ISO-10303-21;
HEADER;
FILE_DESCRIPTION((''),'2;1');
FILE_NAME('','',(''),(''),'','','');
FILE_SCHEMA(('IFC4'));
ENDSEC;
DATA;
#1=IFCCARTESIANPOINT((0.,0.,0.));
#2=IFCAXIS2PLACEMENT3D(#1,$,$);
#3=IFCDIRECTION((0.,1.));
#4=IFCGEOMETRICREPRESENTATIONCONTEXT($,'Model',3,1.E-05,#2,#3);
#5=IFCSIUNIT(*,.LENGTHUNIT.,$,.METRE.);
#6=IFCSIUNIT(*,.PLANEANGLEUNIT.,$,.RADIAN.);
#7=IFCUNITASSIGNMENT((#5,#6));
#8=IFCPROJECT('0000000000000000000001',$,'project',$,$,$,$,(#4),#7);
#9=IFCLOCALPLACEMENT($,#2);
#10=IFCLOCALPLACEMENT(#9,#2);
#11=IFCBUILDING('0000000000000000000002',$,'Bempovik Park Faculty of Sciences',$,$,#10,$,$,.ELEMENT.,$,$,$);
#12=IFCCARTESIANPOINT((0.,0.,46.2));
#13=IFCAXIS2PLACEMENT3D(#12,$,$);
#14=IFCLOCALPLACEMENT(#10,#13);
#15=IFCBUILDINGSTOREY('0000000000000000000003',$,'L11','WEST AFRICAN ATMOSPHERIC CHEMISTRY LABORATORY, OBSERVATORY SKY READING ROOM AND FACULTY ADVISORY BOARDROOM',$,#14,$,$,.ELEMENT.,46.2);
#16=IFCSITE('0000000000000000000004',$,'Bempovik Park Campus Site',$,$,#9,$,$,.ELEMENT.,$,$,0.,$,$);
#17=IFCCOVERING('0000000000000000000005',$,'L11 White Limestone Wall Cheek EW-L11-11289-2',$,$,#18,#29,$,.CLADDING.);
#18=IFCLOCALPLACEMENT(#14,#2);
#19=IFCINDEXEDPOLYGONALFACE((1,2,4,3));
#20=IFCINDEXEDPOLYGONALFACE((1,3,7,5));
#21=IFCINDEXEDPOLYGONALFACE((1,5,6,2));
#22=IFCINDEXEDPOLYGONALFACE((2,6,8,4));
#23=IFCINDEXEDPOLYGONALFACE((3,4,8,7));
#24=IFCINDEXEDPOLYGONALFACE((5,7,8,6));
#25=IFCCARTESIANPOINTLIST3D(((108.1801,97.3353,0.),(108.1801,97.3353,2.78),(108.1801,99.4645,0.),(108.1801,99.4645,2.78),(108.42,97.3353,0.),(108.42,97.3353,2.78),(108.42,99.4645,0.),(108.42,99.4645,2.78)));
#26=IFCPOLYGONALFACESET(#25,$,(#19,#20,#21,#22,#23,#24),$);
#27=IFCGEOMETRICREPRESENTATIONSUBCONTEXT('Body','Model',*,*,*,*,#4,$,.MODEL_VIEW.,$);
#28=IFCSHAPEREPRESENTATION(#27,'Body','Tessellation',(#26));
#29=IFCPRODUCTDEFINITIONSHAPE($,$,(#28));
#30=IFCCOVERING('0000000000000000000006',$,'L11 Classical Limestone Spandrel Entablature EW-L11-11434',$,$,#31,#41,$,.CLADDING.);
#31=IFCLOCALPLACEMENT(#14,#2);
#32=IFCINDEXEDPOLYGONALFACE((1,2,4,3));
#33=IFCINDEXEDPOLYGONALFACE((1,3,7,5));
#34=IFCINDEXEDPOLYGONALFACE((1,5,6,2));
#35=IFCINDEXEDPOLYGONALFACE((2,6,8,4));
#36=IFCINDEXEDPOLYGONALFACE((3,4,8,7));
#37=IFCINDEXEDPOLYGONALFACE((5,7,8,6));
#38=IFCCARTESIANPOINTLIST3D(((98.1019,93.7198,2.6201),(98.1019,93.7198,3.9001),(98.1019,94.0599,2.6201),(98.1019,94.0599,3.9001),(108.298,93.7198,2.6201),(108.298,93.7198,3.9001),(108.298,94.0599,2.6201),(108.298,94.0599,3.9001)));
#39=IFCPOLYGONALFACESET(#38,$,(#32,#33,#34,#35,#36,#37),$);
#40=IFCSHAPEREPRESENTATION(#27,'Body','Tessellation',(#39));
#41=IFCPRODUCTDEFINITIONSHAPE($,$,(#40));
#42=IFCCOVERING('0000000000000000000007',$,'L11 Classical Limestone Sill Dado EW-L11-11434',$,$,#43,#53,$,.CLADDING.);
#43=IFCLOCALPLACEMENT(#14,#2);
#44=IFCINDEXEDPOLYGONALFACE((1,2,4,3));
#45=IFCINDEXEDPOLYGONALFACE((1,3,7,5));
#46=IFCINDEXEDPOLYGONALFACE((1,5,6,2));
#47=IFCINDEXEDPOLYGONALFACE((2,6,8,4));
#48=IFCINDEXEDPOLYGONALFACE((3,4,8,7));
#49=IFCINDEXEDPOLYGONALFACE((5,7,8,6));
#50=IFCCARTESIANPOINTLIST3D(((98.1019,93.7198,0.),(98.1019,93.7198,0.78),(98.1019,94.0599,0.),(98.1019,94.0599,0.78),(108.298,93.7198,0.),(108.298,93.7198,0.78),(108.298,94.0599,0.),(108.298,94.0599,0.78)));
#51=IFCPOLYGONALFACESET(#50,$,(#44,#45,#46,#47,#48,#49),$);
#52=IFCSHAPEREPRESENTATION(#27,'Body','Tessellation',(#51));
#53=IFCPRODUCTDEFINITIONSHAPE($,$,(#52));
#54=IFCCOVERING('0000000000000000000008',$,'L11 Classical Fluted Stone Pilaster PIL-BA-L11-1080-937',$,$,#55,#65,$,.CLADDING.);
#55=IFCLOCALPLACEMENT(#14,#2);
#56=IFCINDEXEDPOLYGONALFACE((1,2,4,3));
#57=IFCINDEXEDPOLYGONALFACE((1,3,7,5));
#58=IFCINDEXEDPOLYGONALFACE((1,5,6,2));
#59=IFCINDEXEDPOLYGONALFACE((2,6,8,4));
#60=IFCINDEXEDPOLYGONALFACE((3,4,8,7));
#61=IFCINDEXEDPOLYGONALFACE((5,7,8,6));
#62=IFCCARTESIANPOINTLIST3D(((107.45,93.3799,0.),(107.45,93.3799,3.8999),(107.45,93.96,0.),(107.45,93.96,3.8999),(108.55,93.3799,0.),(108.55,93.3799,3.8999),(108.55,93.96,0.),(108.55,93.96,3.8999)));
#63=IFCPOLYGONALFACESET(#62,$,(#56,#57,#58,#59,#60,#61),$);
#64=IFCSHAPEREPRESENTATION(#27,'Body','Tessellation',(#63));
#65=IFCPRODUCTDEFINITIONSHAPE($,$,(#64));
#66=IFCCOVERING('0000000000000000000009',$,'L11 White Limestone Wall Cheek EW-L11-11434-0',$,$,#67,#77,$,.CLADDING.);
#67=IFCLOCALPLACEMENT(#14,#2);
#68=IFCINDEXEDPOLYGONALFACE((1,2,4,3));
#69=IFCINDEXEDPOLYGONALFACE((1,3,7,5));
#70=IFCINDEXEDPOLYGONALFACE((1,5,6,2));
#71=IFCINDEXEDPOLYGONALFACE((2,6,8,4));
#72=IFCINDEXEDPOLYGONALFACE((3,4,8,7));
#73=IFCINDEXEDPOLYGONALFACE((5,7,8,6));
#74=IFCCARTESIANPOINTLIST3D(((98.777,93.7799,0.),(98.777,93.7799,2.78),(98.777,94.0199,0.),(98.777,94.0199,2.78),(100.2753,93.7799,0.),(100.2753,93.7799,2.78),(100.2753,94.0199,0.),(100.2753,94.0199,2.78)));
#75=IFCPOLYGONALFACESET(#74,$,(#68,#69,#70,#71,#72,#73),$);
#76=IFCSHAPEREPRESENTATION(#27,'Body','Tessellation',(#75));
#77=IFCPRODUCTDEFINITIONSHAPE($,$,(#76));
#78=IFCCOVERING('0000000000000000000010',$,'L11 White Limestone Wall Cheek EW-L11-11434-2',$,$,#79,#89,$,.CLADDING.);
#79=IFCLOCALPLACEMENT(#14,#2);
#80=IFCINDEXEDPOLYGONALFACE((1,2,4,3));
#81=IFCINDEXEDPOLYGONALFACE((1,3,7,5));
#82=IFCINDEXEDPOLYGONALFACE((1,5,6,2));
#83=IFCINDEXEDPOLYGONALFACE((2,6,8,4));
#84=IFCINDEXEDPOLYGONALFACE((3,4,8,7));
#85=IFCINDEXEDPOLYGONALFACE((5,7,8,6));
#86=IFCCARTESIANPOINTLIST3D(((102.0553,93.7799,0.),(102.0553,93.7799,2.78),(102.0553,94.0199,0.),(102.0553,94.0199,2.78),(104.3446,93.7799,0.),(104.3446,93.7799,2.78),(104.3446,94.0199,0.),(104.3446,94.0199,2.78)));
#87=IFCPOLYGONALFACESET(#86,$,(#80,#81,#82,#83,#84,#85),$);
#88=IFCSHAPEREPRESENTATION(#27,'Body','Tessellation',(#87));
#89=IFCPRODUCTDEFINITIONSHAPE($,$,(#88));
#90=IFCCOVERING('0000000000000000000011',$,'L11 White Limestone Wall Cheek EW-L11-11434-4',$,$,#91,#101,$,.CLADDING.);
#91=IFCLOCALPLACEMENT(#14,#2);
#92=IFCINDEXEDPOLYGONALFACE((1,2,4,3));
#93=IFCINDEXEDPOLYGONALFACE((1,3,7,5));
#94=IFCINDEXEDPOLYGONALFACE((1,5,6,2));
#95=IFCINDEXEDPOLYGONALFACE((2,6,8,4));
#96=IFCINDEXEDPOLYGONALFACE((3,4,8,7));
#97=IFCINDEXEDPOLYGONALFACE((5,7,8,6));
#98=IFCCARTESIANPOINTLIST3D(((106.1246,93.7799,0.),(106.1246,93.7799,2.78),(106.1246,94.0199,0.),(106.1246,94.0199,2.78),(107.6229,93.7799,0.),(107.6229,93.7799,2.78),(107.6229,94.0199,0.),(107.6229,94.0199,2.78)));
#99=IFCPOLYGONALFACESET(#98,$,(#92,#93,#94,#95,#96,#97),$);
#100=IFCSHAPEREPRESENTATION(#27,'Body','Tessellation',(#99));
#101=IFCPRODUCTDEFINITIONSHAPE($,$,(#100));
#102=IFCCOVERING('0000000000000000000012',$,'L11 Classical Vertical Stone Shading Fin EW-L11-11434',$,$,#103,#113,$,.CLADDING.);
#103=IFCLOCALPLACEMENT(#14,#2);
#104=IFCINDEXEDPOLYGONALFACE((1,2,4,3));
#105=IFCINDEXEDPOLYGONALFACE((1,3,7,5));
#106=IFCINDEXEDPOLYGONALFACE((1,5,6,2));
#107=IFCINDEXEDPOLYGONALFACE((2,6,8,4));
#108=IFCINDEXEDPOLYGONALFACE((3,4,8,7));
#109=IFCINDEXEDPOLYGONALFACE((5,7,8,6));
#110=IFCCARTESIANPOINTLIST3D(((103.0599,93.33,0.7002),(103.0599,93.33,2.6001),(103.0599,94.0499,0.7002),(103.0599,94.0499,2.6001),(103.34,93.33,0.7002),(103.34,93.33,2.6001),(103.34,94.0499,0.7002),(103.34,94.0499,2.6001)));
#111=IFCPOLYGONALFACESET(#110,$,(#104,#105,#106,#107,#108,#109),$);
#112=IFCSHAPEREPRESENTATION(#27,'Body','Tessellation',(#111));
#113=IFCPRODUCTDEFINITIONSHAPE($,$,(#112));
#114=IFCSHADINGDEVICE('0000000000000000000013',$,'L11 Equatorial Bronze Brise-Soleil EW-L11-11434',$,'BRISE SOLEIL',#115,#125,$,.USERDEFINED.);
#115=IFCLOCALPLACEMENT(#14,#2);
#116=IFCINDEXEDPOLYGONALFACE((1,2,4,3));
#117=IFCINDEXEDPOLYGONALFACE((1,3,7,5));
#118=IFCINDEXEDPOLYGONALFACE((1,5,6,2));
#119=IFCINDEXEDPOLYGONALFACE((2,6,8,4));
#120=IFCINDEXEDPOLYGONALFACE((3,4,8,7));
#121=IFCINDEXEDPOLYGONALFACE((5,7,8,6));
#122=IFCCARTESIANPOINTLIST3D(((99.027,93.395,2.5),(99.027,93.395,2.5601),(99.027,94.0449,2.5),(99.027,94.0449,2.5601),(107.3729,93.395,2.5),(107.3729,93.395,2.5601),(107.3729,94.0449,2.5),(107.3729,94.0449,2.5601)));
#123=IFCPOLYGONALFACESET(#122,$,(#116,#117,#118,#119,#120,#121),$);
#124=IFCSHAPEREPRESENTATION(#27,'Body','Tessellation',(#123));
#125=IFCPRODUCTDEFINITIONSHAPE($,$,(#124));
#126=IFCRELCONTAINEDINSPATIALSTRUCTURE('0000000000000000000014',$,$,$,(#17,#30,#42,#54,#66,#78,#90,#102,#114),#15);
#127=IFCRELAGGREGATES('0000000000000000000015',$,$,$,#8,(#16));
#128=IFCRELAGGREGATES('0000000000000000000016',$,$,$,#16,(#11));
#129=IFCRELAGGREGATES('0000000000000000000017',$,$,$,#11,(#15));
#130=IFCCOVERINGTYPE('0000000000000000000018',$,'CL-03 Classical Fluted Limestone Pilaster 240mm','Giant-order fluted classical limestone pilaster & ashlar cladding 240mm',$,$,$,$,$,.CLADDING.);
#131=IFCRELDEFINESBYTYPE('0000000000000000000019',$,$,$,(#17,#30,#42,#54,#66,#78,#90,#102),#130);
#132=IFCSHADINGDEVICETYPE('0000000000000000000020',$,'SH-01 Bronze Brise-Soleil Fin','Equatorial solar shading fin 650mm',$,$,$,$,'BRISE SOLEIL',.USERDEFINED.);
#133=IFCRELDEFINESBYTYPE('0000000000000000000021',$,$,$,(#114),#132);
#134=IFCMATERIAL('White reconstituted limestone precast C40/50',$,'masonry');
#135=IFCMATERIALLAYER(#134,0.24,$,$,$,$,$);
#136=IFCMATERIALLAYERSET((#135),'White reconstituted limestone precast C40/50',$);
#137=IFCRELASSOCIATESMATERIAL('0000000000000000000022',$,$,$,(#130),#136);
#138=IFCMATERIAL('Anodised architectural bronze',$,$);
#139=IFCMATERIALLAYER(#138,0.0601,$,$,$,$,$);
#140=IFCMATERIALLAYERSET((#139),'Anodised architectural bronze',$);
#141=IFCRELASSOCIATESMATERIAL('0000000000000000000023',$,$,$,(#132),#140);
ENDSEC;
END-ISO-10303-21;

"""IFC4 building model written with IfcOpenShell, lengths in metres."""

from ifc_helpers import new_model, si_unit, direction, frame, origin, origin_2d, place, context, subcontext, project, spatial, rectangle, extrude, material, layer, layer_set, type_object, element, save


model = new_model("IFC4")

# Units and contexts
model_context = context("Model", 3, precision=1e-05, world=origin(), true_north=direction((0.0, 1.0)))
body_context = subcontext(model_context, "Body", "Model", "MODEL_VIEW")
ifc_project = project(units=[si_unit("LENGTHUNIT", "METRE"), si_unit("PLANEANGLEUNIT", "RADIAN")], contexts=[model_context])

# Site, building, storey
site_placement = place(None, origin())
site = spatial("IfcSite", under=ifc_project, at=site_placement, Name="Bempovik Park Campus Site", CompositionType="ELEMENT", RefElevation=0.0)
building_placement = place(site_placement, origin())
building = spatial("IfcBuilding", under=site, at=building_placement, Name="Bempovik Park Faculty of Sciences", CompositionType="ELEMENT")
storey_placement = place(building_placement, frame((0.0, 0.0, 46.2)))
storey = spatial("IfcBuildingStorey", under=building, at=storey_placement, Name="L11", Description="WEST AFRICAN ATMOSPHERIC CHEMISTRY LABORATORY, OBSERVATORY SKY READING ROOM AND FACULTY ADVISORY BOARDROOM", CompositionType="ELEMENT", Elevation=46.2)

# Coverings
ifc_material_1 = material(Name="White reconstituted limestone precast C40/50", Category="masonry")
ifc_layer_1 = layer(ifc_material_1, 0.24)
ifc_layer_set_1 = layer_set([ifc_layer_1], Name="White reconstituted limestone precast C40/50")
covering_type_1 = type_object("IfcCoveringType", Name="CL-03 Classical Fluted Limestone Pilaster 240mm", Description="Giant-order fluted classical limestone pilaster & ashlar cladding 240mm", PredefinedType="CLADDING", material=ifc_layer_set_1)
covering_1_placement = place(storey_placement, frame((108.3, 98.3999, 0.0), z_axis=(0.0, 0.0, 1.0), x_axis=(1.0, 0.0, 0.0)))
element("IfcCovering", 1, at=covering_1_placement, inside=storey, type_object=covering_type_1, Name="L11 White Limestone Wall Cheek EW-L11-11289-2", PredefinedType="CLADDING", context=body_context, shape_type="SweptSolid", body=[
    extrude(rectangle(XDim=0.24, YDim=2.1292, at=origin_2d()), origin(), (0.0, 0.0, 1.0), 2.78),
])
covering_2_placement = place(storey_placement, frame((103.2, 93.8899, 2.6201), z_axis=(0.0, 0.0, 1.0), x_axis=(1.0, 0.0, 0.0)))
element("IfcCovering", 2, at=covering_2_placement, inside=storey, type_object=covering_type_1, Name="L11 Classical Limestone Spandrel Entablature EW-L11-11434", PredefinedType="CLADDING", context=body_context, shape_type="SweptSolid", body=[
    extrude(rectangle(XDim=10.196, YDim=0.3401, at=origin_2d()), origin(), (0.0, 0.0, 1.0), 1.28),
])
covering_3_placement = place(storey_placement, frame((103.2, 93.8899, 0.0), z_axis=(0.0, 0.0, 1.0), x_axis=(1.0, 0.0, 0.0)))
element("IfcCovering", 3, at=covering_3_placement, inside=storey, type_object=covering_type_1, Name="L11 Classical Limestone Sill Dado EW-L11-11434", PredefinedType="CLADDING", context=body_context, shape_type="SweptSolid", body=[
    extrude(rectangle(XDim=10.196, YDim=0.3401, at=origin_2d()), origin(), (0.0, 0.0, 1.0), 0.78),
])
covering_4_placement = place(storey_placement, frame((108.0, 93.6699, 0.0), z_axis=(0.0, 0.0, 1.0), x_axis=(1.0, 0.0, 0.0)))
element("IfcCovering", 4, at=covering_4_placement, inside=storey, type_object=covering_type_1, Name="L11 Classical Fluted Stone Pilaster PIL-BA-L11-1080-937", PredefinedType="CLADDING", context=body_context, shape_type="SweptSolid", body=[
    extrude(rectangle(XDim=1.1001, YDim=0.5801, at=origin_2d()), origin(), (0.0, 0.0, 1.0), 3.8999),
])
covering_5_placement = place(storey_placement, frame((99.5261, 93.8999, 0.0), z_axis=(0.0, 0.0, 1.0), x_axis=(1.0, 0.0, 0.0)))
element("IfcCovering", 5, at=covering_5_placement, inside=storey, type_object=covering_type_1, Name="L11 White Limestone Wall Cheek EW-L11-11434-0", PredefinedType="CLADDING", context=body_context, shape_type="SweptSolid", body=[
    extrude(rectangle(XDim=1.4983, YDim=0.24, at=origin_2d()), origin(), (0.0, 0.0, 1.0), 2.78),
])
covering_6_placement = place(storey_placement, frame((103.2, 93.8999, 0.0), z_axis=(0.0, 0.0, 1.0), x_axis=(1.0, 0.0, 0.0)))
element("IfcCovering", 6, at=covering_6_placement, inside=storey, type_object=covering_type_1, Name="L11 White Limestone Wall Cheek EW-L11-11434-2", PredefinedType="CLADDING", context=body_context, shape_type="SweptSolid", body=[
    extrude(rectangle(XDim=2.2893, YDim=0.24, at=origin_2d()), origin(), (0.0, 0.0, 1.0), 2.78),
])
covering_7_placement = place(storey_placement, frame((106.8738, 93.8999, 0.0), z_axis=(0.0, 0.0, 1.0), x_axis=(1.0, 0.0, 0.0)))
element("IfcCovering", 7, at=covering_7_placement, inside=storey, type_object=covering_type_1, Name="L11 White Limestone Wall Cheek EW-L11-11434-4", PredefinedType="CLADDING", context=body_context, shape_type="SweptSolid", body=[
    extrude(rectangle(XDim=1.4983, YDim=0.24, at=origin_2d()), origin(), (0.0, 0.0, 1.0), 2.78),
])
covering_8_placement = place(storey_placement, frame((103.2, 93.6899, 0.7002), z_axis=(0.0, 0.0, 1.0), x_axis=(1.0, 0.0, 0.0)))
element("IfcCovering", 8, at=covering_8_placement, inside=storey, type_object=covering_type_1, Name="L11 Classical Vertical Stone Shading Fin EW-L11-11434", PredefinedType="CLADDING", context=body_context, shape_type="SweptSolid", body=[
    extrude(rectangle(XDim=0.28, YDim=0.72, at=origin_2d()), origin(), (0.0, 0.0, 1.0), 1.8999),
])

# Shading device
ifc_material_2 = material(Name="Anodised architectural bronze")
ifc_layer_2 = layer(ifc_material_2, 0.0601)
ifc_layer_set_2 = layer_set([ifc_layer_2], Name="Anodised architectural bronze")
shading_device_type = type_object("IfcShadingDeviceType", Name="SH-01 Bronze Brise-Soleil Fin", Description="Equatorial solar shading fin 650mm", ElementType="BRISE SOLEIL", PredefinedType="USERDEFINED", material=ifc_layer_set_2)
shading_device_placement = place(storey_placement, frame((103.2, 93.72, 2.5), z_axis=(0.0, 0.0, 1.0), x_axis=(1.0, 0.0, 0.0)))
element("IfcShadingDevice", 9, at=shading_device_placement, inside=storey, type_object=shading_device_type, Name="L11 Equatorial Bronze Brise-Soleil EW-L11-11434", ObjectType="BRISE SOLEIL", PredefinedType="USERDEFINED", context=body_context, shape_type="SweptSolid", body=[
    extrude(rectangle(XDim=8.3459, YDim=0.6499, at=origin_2d()), origin(), (0.0, 0.0, 1.0), 0.0601),
])

save(model, "model.ifc")
